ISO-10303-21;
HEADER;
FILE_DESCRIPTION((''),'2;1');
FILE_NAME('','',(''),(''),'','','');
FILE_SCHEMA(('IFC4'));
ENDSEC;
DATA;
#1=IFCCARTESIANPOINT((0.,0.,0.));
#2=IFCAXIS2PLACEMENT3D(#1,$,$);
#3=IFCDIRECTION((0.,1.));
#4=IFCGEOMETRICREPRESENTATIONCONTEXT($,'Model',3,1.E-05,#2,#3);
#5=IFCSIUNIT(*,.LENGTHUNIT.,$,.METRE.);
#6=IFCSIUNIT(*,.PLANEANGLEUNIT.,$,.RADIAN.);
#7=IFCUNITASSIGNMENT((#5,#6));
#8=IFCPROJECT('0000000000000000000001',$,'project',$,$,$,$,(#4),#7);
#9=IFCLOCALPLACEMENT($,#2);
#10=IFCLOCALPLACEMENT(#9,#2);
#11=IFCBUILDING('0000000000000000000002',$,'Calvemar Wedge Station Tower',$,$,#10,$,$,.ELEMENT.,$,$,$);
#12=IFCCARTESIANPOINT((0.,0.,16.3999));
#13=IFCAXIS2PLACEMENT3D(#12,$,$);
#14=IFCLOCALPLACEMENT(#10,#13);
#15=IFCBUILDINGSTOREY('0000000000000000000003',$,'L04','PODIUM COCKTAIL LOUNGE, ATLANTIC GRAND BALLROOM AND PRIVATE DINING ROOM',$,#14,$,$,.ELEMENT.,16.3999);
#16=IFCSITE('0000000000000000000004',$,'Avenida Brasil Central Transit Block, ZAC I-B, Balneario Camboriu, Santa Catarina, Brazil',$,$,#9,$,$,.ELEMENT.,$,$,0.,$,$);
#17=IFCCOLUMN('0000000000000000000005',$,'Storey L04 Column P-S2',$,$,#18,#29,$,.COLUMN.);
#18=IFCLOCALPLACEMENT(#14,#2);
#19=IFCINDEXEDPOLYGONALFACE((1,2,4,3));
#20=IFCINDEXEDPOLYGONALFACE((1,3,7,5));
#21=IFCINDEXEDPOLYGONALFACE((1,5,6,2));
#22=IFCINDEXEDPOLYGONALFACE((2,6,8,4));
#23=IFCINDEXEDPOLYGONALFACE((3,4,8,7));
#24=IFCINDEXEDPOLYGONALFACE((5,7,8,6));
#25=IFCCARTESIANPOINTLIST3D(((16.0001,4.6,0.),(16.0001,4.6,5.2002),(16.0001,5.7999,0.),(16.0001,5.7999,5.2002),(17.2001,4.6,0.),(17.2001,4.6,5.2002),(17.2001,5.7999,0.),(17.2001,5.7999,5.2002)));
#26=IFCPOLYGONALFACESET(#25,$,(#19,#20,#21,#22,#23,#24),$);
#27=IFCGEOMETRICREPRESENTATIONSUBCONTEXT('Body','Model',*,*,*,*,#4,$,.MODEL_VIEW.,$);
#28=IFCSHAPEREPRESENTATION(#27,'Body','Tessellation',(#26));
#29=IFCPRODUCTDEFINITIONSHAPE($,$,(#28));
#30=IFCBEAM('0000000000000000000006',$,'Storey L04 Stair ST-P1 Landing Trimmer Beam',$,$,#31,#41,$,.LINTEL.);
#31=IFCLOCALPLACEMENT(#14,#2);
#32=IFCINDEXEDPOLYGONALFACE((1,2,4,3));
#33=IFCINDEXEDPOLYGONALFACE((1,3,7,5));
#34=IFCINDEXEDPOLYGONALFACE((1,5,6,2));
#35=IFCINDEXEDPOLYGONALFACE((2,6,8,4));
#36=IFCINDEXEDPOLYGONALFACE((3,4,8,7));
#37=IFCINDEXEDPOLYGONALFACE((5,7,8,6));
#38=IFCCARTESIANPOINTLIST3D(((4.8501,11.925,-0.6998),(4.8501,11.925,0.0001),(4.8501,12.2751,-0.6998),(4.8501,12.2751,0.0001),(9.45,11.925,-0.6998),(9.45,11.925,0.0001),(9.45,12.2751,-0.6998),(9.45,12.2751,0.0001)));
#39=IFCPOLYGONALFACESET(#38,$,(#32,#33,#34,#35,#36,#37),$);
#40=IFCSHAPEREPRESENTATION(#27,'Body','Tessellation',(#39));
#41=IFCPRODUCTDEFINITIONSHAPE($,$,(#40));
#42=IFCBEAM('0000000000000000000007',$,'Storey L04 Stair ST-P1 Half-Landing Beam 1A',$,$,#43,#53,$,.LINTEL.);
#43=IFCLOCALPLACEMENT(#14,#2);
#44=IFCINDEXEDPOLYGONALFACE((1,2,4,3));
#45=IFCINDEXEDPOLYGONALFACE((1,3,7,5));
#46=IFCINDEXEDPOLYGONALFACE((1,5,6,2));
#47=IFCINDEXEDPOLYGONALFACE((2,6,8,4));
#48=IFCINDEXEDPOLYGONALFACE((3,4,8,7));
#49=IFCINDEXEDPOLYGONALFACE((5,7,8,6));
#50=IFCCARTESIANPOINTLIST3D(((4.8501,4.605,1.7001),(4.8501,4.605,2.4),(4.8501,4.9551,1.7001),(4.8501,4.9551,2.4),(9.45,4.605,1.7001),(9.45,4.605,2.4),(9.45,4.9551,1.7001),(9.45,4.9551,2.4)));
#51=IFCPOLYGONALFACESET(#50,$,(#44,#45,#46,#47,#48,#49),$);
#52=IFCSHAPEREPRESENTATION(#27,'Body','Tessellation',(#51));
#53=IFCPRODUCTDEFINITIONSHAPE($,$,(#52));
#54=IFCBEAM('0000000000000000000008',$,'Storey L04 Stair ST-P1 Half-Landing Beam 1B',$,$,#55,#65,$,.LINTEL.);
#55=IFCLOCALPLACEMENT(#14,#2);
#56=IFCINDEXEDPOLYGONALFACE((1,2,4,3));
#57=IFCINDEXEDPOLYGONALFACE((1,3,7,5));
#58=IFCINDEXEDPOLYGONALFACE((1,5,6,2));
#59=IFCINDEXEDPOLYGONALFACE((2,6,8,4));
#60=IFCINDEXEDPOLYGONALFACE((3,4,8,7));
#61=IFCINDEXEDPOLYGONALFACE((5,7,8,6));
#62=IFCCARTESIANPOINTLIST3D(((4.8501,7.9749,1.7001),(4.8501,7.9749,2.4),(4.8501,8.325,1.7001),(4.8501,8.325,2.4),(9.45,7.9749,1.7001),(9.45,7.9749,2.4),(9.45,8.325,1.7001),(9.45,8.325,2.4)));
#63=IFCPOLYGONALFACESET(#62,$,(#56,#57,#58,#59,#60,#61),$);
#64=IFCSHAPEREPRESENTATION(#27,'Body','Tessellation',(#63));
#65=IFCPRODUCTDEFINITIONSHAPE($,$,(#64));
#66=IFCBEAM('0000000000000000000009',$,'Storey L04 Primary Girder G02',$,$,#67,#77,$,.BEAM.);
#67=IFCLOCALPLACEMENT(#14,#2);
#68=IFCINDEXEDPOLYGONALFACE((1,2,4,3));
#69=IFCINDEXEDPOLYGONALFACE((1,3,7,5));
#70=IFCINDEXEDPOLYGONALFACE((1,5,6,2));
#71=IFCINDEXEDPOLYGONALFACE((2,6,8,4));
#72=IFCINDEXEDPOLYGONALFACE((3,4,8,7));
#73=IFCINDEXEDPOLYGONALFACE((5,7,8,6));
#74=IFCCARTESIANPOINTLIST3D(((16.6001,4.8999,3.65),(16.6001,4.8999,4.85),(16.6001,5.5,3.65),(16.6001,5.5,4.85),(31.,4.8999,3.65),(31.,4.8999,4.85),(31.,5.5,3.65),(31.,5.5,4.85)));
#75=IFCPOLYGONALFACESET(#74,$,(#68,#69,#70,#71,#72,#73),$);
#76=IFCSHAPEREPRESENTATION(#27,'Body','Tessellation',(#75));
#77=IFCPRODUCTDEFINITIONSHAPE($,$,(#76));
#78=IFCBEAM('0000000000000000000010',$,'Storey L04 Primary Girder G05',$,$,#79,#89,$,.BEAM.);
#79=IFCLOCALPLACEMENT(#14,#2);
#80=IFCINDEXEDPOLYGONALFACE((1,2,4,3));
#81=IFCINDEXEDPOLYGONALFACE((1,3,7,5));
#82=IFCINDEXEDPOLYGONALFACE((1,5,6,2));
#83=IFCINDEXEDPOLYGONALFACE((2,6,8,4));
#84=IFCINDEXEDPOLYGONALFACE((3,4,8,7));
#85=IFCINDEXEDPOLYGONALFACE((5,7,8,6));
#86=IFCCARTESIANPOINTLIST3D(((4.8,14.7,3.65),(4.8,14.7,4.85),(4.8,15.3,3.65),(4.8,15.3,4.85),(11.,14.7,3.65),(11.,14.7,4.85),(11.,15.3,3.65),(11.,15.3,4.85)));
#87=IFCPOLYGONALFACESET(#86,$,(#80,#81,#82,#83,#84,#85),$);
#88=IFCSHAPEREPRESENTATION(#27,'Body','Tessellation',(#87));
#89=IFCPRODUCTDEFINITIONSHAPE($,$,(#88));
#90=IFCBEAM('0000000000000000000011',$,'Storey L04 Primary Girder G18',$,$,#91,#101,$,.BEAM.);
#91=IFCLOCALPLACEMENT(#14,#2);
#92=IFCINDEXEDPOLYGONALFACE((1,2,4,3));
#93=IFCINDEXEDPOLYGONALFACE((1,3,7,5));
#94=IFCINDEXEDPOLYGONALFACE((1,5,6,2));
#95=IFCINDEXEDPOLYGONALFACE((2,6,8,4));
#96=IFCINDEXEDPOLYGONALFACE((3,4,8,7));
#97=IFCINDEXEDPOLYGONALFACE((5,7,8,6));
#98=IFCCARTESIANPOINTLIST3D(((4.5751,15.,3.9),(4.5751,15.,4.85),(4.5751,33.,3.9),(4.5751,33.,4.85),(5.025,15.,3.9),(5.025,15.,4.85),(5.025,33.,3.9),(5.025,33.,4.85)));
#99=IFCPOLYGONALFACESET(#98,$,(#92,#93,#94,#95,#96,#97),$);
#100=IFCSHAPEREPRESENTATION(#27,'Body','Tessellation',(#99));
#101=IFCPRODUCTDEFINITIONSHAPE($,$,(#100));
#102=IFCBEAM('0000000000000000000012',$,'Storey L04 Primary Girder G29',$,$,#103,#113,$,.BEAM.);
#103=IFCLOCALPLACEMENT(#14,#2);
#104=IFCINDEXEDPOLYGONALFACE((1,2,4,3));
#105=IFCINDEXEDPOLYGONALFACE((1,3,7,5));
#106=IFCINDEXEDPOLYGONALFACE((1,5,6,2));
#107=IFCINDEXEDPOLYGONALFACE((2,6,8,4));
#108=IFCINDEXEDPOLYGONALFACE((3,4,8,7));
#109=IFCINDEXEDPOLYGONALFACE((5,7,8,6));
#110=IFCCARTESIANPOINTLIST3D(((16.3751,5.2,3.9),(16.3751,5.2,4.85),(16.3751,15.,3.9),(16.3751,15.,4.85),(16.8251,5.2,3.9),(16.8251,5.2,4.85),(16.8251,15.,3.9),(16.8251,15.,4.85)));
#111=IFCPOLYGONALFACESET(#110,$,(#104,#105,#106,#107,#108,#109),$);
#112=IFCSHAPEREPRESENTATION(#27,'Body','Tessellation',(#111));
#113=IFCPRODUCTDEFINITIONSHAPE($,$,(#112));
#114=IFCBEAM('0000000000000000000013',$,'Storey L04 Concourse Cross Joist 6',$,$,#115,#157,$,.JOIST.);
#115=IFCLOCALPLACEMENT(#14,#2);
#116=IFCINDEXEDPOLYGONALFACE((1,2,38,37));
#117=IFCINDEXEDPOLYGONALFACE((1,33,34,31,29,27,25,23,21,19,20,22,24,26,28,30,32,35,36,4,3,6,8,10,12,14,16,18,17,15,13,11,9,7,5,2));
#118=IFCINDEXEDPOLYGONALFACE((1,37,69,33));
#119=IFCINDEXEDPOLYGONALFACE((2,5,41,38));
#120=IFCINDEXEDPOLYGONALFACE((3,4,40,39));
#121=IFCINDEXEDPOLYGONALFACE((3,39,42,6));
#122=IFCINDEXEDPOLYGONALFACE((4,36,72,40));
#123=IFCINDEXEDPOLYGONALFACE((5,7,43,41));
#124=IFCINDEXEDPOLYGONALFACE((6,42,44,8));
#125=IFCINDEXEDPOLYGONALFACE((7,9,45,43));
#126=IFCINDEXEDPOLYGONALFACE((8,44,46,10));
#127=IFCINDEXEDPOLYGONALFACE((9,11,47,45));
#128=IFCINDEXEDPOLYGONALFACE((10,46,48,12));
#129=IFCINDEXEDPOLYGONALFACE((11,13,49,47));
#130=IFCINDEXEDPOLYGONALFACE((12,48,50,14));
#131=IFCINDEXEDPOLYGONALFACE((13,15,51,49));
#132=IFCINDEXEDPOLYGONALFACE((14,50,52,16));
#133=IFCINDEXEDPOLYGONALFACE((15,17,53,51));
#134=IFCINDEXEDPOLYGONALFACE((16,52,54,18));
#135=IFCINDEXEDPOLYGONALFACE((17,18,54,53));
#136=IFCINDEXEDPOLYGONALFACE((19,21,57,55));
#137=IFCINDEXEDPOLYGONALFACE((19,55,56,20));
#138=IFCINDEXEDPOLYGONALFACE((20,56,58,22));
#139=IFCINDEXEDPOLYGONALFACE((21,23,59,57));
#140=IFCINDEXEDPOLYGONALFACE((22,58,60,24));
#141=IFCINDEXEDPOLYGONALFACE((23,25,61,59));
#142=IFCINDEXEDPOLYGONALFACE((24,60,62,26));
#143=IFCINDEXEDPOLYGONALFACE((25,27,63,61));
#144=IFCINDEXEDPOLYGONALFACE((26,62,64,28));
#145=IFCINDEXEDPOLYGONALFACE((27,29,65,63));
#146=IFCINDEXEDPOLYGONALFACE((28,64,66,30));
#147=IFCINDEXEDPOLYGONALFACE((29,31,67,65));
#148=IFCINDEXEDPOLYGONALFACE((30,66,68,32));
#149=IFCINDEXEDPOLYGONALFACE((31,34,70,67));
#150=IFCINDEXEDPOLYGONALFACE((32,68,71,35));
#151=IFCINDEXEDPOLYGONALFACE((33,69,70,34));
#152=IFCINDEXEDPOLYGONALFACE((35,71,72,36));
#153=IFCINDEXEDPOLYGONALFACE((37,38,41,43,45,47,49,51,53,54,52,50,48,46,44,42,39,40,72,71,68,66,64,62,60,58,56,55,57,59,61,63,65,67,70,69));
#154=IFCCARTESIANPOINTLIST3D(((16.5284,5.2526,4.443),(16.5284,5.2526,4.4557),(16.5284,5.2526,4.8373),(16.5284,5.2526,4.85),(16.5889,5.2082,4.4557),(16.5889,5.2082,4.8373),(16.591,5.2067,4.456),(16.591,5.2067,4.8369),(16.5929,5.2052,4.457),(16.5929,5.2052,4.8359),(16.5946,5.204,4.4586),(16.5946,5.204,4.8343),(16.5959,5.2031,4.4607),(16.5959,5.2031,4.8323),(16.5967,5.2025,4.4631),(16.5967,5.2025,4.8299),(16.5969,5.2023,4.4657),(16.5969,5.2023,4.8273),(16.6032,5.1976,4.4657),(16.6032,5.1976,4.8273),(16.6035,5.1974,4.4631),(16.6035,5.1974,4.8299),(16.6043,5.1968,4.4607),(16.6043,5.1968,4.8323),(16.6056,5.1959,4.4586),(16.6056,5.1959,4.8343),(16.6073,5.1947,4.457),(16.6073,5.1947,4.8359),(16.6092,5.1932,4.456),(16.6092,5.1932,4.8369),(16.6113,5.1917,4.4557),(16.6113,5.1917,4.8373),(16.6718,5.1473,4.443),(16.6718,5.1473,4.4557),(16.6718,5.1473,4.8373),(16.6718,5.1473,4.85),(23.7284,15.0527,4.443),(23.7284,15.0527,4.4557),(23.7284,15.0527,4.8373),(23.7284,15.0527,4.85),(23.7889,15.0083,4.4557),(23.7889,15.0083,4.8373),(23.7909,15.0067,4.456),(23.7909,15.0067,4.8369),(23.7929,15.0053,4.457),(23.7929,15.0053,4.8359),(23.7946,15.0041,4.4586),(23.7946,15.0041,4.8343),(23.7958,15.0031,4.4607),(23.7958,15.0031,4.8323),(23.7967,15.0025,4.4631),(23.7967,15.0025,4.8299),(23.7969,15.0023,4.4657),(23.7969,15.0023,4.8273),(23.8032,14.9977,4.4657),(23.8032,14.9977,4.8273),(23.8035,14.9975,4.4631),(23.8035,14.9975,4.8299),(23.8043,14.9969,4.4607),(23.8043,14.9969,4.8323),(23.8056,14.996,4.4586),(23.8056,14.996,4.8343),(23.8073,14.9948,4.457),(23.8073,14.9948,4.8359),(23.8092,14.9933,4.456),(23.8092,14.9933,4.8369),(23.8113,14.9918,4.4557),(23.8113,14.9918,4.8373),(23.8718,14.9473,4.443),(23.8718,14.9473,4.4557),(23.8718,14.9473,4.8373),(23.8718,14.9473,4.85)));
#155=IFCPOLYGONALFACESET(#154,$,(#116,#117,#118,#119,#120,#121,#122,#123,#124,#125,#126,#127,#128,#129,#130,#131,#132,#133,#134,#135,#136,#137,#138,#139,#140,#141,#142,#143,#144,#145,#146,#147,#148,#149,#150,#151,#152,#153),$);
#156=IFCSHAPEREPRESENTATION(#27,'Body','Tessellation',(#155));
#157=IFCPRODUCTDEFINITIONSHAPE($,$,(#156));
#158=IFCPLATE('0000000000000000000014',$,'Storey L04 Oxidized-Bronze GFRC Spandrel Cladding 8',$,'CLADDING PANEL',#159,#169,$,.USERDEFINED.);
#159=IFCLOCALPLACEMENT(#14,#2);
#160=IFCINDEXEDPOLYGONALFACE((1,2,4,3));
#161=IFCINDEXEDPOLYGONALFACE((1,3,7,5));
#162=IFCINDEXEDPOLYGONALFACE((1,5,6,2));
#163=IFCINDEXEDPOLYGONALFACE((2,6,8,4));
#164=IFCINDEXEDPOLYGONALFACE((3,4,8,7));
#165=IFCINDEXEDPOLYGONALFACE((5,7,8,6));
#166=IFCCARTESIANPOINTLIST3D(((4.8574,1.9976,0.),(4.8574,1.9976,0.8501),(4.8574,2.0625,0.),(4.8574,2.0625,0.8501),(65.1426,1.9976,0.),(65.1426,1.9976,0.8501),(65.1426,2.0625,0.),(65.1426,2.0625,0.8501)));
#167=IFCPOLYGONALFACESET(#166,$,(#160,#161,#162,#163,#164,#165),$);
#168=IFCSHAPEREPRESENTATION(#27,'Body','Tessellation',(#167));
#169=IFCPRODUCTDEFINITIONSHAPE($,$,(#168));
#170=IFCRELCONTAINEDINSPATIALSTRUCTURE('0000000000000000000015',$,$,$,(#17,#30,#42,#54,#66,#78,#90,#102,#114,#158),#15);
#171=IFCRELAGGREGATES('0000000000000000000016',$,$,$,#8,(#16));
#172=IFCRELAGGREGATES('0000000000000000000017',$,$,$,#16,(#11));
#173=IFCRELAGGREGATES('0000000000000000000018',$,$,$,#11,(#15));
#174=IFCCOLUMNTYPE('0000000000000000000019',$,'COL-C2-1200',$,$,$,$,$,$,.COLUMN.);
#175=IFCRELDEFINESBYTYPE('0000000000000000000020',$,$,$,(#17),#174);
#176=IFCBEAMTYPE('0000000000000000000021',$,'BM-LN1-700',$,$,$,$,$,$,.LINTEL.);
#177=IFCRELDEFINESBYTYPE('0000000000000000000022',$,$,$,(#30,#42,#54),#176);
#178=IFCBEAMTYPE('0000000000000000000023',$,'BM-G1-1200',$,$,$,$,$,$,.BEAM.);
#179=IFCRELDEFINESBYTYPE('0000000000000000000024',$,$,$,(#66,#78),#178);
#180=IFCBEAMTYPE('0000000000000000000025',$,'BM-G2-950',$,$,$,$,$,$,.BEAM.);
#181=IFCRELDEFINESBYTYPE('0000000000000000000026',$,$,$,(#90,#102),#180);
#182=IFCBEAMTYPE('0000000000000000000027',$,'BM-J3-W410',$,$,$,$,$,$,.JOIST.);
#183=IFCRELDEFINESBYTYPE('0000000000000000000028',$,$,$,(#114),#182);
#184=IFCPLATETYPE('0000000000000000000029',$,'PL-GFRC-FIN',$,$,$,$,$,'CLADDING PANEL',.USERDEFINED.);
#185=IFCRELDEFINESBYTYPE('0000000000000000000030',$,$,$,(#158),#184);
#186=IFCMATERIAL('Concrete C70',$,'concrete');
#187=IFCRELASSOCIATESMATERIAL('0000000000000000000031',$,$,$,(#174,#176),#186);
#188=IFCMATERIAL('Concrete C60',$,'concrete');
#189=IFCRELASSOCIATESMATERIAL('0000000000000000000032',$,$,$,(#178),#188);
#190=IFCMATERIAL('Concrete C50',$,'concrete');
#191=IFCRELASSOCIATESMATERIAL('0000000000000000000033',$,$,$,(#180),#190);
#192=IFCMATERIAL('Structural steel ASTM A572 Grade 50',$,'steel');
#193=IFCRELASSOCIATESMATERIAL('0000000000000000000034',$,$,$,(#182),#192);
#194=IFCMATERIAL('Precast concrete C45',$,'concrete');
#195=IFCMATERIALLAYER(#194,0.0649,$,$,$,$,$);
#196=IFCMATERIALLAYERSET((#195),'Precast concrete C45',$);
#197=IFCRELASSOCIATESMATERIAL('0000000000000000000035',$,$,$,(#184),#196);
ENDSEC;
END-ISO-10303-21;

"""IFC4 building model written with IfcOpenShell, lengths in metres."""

from ifc_helpers import new_model, si_unit, direction, frame, frame_2d, origin, origin_2d, place, context, subcontext, project, spatial, rectangle, i_section, extrude, source, transform, mapped, material, layer, layer_set, material_profile, profile_set, type_object, element, save


model = new_model("IFC4")

# Units and contexts
model_context = context("Model", 3, precision=1e-05, world=origin(), true_north=direction((0.0, 1.0)))
body_context = subcontext(model_context, "Body", "Model", "MODEL_VIEW")
ifc_project = project(units=[si_unit("LENGTHUNIT", "METRE"), si_unit("PLANEANGLEUNIT", "RADIAN")], contexts=[model_context])

# Site, building, storey
site_placement = place(None, origin())
site = spatial("IfcSite", under=ifc_project, at=site_placement, Name="Avenida Brasil Central Transit Block, ZAC I-B, Balneario Camboriu, Santa Catarina, Brazil", CompositionType="ELEMENT", RefElevation=0.0)
building_placement = place(site_placement, origin())
building = spatial("IfcBuilding", under=site, at=building_placement, Name="Calvemar Wedge Station Tower", CompositionType="ELEMENT")
storey_placement = place(building_placement, frame((0.0, 0.0, 16.3999)))
storey = spatial("IfcBuildingStorey", under=building, at=storey_placement, Name="L04", Description="PODIUM COCKTAIL LOUNGE, ATLANTIC GRAND BALLROOM AND PRIVATE DINING ROOM", CompositionType="ELEMENT", Elevation=16.3999)

# Column
ifc_material_1 = material(Name="Concrete C70", Category="concrete")
ifc_material_profile_1 = material_profile(ifc_material_1, rectangle(XDim=1.2, YDim=1.2, at=origin_2d()), Name="RC1200x1200")
ifc_profile_set_1 = profile_set([ifc_material_profile_1], Name="Concrete C70")
column_type = type_object("IfcColumnType", Name="COL-C2-1200", PredefinedType="COLUMN", material=ifc_profile_set_1)
shared_shape_1 = source(origin(), body_context, "Body", "SweptSolid", [
    extrude(rectangle(XDim=1.2, YDim=1.2, at=origin_2d()), origin(), (0.0, 0.0, 1.0), 5.2002),
])
column_placement = place(storey_placement, frame((16.6001, 5.2, 0.0), z_axis=(0.0, 0.0, 1.0), x_axis=(1.0, 0.0, 0.0)))
element("IfcColumn", 1, at=column_placement, inside=storey, type_object=column_type, Name="Storey L04 Column P-S2", PredefinedType="COLUMN", context=body_context, shape_type="MappedRepresentation", body=[
    mapped(shared_shape_1, transform((0.0, 0.0, 0.0), scale=1.0)),
])

# Beams
ifc_material_profile_2 = material_profile(ifc_material_1, rectangle(XDim=0.3501, YDim=0.7, at=origin_2d()), Name="RC350x700")
ifc_profile_set_2 = profile_set([ifc_material_profile_2], Name="Concrete C70")
beam_type_1 = type_object("IfcBeamType", Name="BM-LN1-700", PredefinedType="LINTEL", material=ifc_profile_set_2)
shared_shape_2 = source(origin(), body_context, "Body", "SweptSolid", [
    extrude(rectangle(XDim=0.3501, YDim=0.7, at=origin_2d()), origin(), (0.0, 0.0, 1.0), 4.5999),
])
for number, where, z_axis, x_axis, name in (
    (2, (4.8501, 12.1001, -0.3499), (1.0, 0.0, 0.0), (0.0, 1.0, 0.0), "Storey L04 Stair ST-P1 Landing Trimmer Beam"),
    (3, (4.8501, 4.78, 2.05), (1.0, 0.0, 0.0), (0.0, 1.0, 0.0), "Storey L04 Stair ST-P1 Half-Landing Beam 1A"),
    (4, (4.8501, 8.1499, 2.05), (1.0, 0.0, 0.0), (0.0, 1.0, 0.0), "Storey L04 Stair ST-P1 Half-Landing Beam 1B"),
):
    element("IfcBeam", number, at=place(storey_placement, frame(where, z_axis=z_axis, x_axis=x_axis)), inside=storey, type_object=beam_type_1, Name=name, PredefinedType="LINTEL", context=body_context, shape_type="MappedRepresentation", body=[
        mapped(shared_shape_2, transform((0.0, 0.0, 0.0), scale=1.0)),
    ])
ifc_material_2 = material(Name="Concrete C60", Category="concrete")
ifc_material_profile_3 = material_profile(ifc_material_2, rectangle(XDim=0.6001, YDim=1.2, at=origin_2d()), Name="RC600x1200")
ifc_profile_set_3 = profile_set([ifc_material_profile_3], Name="Concrete C60")
beam_type_2 = type_object("IfcBeamType", Name="BM-G1-1200", PredefinedType="BEAM", material=ifc_profile_set_3)
shared_shape_3 = source(origin(), body_context, "Body", "SweptSolid", [
    extrude(rectangle(XDim=0.6001, YDim=1.2, at=origin_2d()), origin(), (0.0, 0.0, 1.0), 14.3999),
])
beam_1_placement = place(storey_placement, frame((16.6001, 5.2, 4.25), z_axis=(1.0, 0.0, 0.0), x_axis=(0.0, 1.0, 0.0)))
element("IfcBeam", 5, at=beam_1_placement, inside=storey, type_object=beam_type_2, Name="Storey L04 Primary Girder G02", PredefinedType="BEAM", context=body_context, shape_type="MappedRepresentation", body=[
    mapped(shared_shape_3, transform((0.0, 0.0, 0.0), scale=1.0)),
])
shared_shape_4 = source(origin(), body_context, "Body", "SweptSolid", [
    extrude(rectangle(XDim=0.6001, YDim=1.2, at=origin_2d()), origin(), (0.0, 0.0, 1.0), 6.2),
])
beam_2_placement = place(storey_placement, frame((4.8, 15.0, 4.25), z_axis=(1.0, 0.0, 0.0), x_axis=(0.0, 1.0, 0.0)))
element("IfcBeam", 6, at=beam_2_placement, inside=storey, type_object=beam_type_2, Name="Storey L04 Primary Girder G05", PredefinedType="BEAM", context=body_context, shape_type="MappedRepresentation", body=[
    mapped(shared_shape_4, transform((0.0, 0.0, 0.0), scale=1.0)),
])
ifc_material_3 = material(Name="Concrete C50", Category="concrete")
ifc_material_profile_4 = material_profile(ifc_material_3, rectangle(XDim=0.45, YDim=0.95, at=origin_2d()), Name="RC450x950")
ifc_profile_set_4 = profile_set([ifc_material_profile_4], Name="Concrete C50")
beam_type_3 = type_object("IfcBeamType", Name="BM-G2-950", PredefinedType="BEAM", material=ifc_profile_set_4)
shared_shape_5 = source(origin(), body_context, "Body", "SweptSolid", [
    extrude(rectangle(XDim=0.45, YDim=0.95, at=origin_2d()), origin(), (0.0, 0.0, 1.0), 18.0),
])
beam_3_placement = place(storey_placement, frame((4.8, 15.0, 4.375), z_axis=(0.0, 1.0, 0.0), x_axis=(-1.0, 0.0, 0.0)))
element("IfcBeam", 7, at=beam_3_placement, inside=storey, type_object=beam_type_3, Name="Storey L04 Primary Girder G18", PredefinedType="BEAM", context=body_context, shape_type="MappedRepresentation", body=[
    mapped(shared_shape_5, transform((0.0, 0.0, 0.0), scale=1.0)),
])
shared_shape_6 = source(origin(), body_context, "Body", "SweptSolid", [
    extrude(rectangle(XDim=0.45, YDim=0.95, at=origin_2d()), origin(), (0.0, 0.0, 1.0), 9.8),
])
beam_4_placement = place(storey_placement, frame((16.6001, 5.2, 4.375), z_axis=(0.0, 1.0, 0.0), x_axis=(-1.0, 0.0, 0.0)))
element("IfcBeam", 8, at=beam_4_placement, inside=storey, type_object=beam_type_3, Name="Storey L04 Primary Girder G29", PredefinedType="BEAM", context=body_context, shape_type="MappedRepresentation", body=[
    mapped(shared_shape_6, transform((0.0, 0.0, 0.0), scale=1.0)),
])
ifc_material_4 = material(Name="Structural steel ASTM A572 Grade 50", Category="steel")
ifc_material_profile_5 = material_profile(ifc_material_4, i_section(OverallWidth=0.178, OverallDepth=0.407, WebThickness=0.0078, FlangeThickness=0.0127, FilletRadius=0.01, at=origin_2d()), Name="W410x60")
ifc_profile_set_5 = profile_set([ifc_material_profile_5], Name="Structural steel ASTM A572 Grade 50")
beam_type_4 = type_object("IfcBeamType", Name="BM-J3-W410", PredefinedType="JOIST", material=ifc_profile_set_5)
shared_shape_7 = source(origin(), body_context, "Body", "SweptSolid", [
    extrude(i_section(OverallWidth=0.178, OverallDepth=0.407, WebThickness=0.0078, FlangeThickness=0.0127, FilletRadius=0.01, at=origin_2d()), origin(), (0.0, 0.0, 1.0), 12.1606),
])
beam_5_placement = place(storey_placement, frame((16.6001, 5.2, 4.6465), z_axis=(0.592072, 0.805885, 0.0), x_axis=(-0.805885, 0.592072, 0.0)))
element("IfcBeam", 9, at=beam_5_placement, inside=storey, type_object=beam_type_4, Name="Storey L04 Concourse Cross Joist 6", PredefinedType="JOIST", context=body_context, shape_type="MappedRepresentation", body=[
    mapped(shared_shape_7, transform((0.0, 0.0, 0.0), scale=1.0)),
])

# Plate
ifc_material_5 = material(Name="Precast concrete C45", Category="concrete")
ifc_layer_1 = layer(ifc_material_5, 0.0649)
ifc_layer_set_1 = layer_set([ifc_layer_1], Name="Precast concrete C45")
plate_type = type_object("IfcPlateType", Name="PL-GFRC-FIN", ElementType="CLADDING PANEL", PredefinedType="USERDEFINED", material=ifc_layer_set_1)
plate_placement = place(storey_placement, frame((4.8574, 2.03, 0.0), z_axis=(0.0, 0.0, 1.0), x_axis=(1.0, 0.0, 0.0)))
element("IfcPlate", 10, at=plate_placement, inside=storey, type_object=plate_type, Name="Storey L04 Oxidized-Bronze GFRC Spandrel Cladding 8", ObjectType="CLADDING PANEL", PredefinedType="USERDEFINED", context=body_context, shape_type="SweptSolid", body=[
    extrude(rectangle(XDim=60.2852, YDim=0.0649, at=frame_2d((30.1426, 0.0))), origin(), (0.0, 0.0, 1.0), 0.8501),
])

save(model, "model.ifc")
